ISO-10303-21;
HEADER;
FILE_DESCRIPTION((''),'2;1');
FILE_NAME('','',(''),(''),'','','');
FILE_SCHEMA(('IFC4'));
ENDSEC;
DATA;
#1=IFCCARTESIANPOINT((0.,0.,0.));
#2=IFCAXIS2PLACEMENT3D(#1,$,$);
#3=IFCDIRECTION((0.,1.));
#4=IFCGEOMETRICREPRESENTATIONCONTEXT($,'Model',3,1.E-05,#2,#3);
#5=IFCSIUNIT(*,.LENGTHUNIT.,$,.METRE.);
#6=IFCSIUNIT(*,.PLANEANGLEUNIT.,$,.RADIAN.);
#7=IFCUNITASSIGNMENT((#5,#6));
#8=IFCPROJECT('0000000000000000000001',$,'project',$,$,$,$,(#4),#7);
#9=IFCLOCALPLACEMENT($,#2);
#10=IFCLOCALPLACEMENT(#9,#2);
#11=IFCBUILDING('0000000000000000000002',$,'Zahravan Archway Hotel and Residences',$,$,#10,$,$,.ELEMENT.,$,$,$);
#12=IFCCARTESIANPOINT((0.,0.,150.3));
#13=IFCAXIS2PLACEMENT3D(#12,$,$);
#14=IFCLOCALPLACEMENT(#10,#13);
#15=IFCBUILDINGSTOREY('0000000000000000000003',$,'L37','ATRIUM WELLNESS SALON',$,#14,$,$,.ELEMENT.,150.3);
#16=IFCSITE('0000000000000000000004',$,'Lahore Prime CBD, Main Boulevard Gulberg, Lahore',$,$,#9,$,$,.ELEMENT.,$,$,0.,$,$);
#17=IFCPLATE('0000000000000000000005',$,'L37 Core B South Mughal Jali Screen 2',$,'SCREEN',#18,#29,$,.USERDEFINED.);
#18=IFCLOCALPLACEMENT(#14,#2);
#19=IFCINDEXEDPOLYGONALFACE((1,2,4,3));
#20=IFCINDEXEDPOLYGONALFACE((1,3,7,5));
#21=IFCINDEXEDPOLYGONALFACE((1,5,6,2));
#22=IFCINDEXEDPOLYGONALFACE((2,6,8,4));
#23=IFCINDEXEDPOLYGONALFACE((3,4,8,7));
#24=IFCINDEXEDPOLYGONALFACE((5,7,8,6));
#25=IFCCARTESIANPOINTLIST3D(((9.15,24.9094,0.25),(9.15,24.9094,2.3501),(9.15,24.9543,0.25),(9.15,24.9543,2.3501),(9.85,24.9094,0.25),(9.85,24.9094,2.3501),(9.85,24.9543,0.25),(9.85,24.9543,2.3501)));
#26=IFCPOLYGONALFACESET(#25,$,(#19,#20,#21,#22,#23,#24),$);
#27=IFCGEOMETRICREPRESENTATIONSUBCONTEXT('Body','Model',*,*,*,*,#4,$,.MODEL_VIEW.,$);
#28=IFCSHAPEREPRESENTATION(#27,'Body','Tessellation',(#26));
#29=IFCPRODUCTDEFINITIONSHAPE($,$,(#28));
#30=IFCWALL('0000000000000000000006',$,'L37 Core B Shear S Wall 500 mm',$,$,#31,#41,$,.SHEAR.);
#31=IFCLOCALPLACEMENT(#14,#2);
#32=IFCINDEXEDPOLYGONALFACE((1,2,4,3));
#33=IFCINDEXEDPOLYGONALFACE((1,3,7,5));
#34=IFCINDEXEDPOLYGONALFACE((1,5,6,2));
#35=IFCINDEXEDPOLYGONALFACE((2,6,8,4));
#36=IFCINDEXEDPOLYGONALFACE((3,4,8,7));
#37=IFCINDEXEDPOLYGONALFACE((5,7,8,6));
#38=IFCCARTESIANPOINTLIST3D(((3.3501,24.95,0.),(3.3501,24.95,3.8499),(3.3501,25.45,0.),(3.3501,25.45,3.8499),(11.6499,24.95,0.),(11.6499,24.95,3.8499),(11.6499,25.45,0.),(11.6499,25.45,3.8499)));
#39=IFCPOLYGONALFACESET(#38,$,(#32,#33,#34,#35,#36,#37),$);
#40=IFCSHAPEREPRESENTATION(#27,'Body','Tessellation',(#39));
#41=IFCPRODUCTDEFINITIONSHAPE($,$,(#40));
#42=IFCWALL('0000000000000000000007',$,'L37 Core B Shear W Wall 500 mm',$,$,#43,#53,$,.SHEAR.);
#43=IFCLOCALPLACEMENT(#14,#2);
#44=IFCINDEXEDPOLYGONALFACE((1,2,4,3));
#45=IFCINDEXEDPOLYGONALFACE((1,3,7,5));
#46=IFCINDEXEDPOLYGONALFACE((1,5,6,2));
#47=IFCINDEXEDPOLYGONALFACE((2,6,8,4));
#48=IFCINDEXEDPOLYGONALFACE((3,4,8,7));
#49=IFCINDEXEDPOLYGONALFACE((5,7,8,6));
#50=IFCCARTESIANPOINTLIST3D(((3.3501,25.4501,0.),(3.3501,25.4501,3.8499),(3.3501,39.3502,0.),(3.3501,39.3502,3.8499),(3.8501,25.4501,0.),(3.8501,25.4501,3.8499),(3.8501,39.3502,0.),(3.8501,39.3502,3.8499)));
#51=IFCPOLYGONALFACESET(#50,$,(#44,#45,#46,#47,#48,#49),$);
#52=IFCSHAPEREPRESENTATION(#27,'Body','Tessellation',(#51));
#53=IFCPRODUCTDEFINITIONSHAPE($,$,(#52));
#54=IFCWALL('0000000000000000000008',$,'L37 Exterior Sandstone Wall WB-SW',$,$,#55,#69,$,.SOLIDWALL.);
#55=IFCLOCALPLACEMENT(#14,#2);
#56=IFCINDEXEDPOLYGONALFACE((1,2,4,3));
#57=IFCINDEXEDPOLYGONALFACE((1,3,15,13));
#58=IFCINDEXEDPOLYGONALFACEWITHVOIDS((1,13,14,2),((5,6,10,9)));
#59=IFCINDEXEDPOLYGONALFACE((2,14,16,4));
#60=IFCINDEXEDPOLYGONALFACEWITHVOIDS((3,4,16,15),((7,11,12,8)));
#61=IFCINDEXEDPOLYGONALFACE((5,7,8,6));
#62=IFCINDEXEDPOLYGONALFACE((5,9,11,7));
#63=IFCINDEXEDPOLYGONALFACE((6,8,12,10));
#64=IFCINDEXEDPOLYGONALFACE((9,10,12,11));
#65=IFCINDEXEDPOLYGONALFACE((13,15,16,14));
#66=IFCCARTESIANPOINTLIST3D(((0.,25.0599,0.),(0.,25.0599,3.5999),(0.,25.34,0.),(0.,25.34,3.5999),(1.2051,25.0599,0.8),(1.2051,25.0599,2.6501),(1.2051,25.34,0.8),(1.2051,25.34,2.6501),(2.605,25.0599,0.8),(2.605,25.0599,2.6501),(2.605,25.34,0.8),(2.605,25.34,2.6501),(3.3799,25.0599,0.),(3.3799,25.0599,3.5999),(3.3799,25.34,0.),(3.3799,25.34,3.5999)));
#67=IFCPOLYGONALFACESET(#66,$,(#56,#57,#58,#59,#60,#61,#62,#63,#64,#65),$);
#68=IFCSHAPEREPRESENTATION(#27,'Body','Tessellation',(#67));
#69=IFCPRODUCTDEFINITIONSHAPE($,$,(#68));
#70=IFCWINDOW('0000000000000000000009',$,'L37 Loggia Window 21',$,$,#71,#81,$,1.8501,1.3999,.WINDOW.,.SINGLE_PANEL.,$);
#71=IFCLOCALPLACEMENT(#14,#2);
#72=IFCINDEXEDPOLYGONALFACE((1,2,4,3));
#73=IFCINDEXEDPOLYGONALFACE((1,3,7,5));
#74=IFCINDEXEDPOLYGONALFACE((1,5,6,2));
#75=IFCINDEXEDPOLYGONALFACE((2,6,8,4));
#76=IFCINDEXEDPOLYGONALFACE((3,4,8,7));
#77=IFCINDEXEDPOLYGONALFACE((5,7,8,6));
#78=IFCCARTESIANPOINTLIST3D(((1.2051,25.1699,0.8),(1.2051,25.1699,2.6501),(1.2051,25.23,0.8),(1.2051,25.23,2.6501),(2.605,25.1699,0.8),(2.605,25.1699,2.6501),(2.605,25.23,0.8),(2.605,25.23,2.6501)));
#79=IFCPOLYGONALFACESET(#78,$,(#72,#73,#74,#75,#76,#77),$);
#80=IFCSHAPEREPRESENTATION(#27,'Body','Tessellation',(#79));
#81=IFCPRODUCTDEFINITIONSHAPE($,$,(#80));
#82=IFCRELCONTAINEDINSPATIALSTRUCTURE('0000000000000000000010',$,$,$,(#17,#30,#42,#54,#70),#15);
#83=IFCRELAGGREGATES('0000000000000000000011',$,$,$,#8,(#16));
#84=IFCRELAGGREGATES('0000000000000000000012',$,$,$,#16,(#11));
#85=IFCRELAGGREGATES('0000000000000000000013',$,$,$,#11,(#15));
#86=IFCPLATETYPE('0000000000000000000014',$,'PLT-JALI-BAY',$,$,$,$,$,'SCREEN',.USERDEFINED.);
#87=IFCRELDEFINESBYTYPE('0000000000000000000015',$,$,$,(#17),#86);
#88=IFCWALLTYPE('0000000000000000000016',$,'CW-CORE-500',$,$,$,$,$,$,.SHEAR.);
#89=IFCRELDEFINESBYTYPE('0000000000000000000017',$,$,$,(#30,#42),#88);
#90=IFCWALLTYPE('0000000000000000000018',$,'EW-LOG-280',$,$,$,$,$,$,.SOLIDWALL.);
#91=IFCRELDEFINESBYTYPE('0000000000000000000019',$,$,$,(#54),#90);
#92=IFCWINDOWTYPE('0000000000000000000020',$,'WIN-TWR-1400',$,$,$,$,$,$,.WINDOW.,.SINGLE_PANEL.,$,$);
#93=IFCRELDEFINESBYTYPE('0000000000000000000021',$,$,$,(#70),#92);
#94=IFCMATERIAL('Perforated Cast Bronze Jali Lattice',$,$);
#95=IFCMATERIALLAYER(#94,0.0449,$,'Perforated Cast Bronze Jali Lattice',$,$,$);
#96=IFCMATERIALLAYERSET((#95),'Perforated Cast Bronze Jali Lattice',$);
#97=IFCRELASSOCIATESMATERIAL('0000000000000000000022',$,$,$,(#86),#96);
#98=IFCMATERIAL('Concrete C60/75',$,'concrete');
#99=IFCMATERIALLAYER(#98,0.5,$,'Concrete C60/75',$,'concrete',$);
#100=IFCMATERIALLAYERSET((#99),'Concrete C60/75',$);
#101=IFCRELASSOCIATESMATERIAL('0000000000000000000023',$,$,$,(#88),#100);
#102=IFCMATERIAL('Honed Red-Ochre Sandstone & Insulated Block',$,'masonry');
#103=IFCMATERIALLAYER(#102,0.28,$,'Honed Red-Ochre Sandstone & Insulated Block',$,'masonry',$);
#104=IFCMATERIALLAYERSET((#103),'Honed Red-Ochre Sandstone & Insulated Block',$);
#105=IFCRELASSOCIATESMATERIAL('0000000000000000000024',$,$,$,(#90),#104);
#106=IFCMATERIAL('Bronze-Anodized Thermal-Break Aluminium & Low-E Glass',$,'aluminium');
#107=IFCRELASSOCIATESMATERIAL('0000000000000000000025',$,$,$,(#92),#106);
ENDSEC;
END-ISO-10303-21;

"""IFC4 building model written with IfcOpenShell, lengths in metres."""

from ifc_helpers import new_model, si_unit, direction, frame, frame_2d, origin, origin_2d, place, context, subcontext, project, spatial, rectangle, extrude, source, transform, mapped, material, layer, layer_set, type_object, type_shapes, element, fill, save


model = new_model("IFC4")

# Units and contexts
model_context = context("Model", 3, precision=1e-05, world=origin(), true_north=direction((0.0, 1.0)))
body_context = subcontext(model_context, "Body", "Model", "MODEL_VIEW")
ifc_project = project(units=[si_unit("LENGTHUNIT", "METRE"), si_unit("PLANEANGLEUNIT", "RADIAN")], contexts=[model_context])

# Site, building, storey
site_placement = place(None, origin())
site = spatial("IfcSite", under=ifc_project, at=site_placement, Name="Lahore Prime CBD, Main Boulevard Gulberg, Lahore", CompositionType="ELEMENT", RefElevation=0.0)
building_placement = place(site_placement, origin())
building = spatial("IfcBuilding", under=site, at=building_placement, Name="Zahravan Archway Hotel and Residences", CompositionType="ELEMENT")
storey_placement = place(building_placement, frame((0.0, 0.0, 150.3)))
storey = spatial("IfcBuildingStorey", under=building, at=storey_placement, Name="L37", Description="ATRIUM WELLNESS SALON", CompositionType="ELEMENT", Elevation=150.3)

# Shared definitions
ifc_material_1 = material(Name="Concrete C60/75", Category="concrete")

# Plate
ifc_material_2 = material(Name="Perforated Cast Bronze Jali Lattice")
ifc_layer_1 = layer(ifc_material_2, 0.0449, Name="Perforated Cast Bronze Jali Lattice")
ifc_layer_set_1 = layer_set([ifc_layer_1], Name="Perforated Cast Bronze Jali Lattice")
plate_type = type_object("IfcPlateType", Name="PLT-JALI-BAY", ElementType="SCREEN", PredefinedType="USERDEFINED", material=ifc_layer_set_1)
shared_shape_1 = source(origin(), body_context, "Body", "SweptSolid", [
    extrude(rectangle(XDim=0.7, YDim=0.0449, at=origin_2d()), origin(), (0.0, 0.0, 1.0), 2.1001),
])
type_shapes(plate_type, [shared_shape_1])
for number, where, z_axis, x_axis, name in (
    (1, (9.5, 24.9319, 0.25), (0.0, 0.0, 1.0), (1.0, 0.0, 0.0), "L37 Core B South Mughal Jali Screen 2"),
):
    element("IfcPlate", number, at=place(storey_placement, frame(where, z_axis=z_axis, x_axis=x_axis)), inside=storey, type_object=plate_type, Name=name, ObjectType="SCREEN", PredefinedType="USERDEFINED", context=body_context, shape_type="MappedRepresentation", body=[
        mapped(shared_shape_1, transform((0.0, 0.0, 0.0), scale=1.0)),
    ])

# Walls
ifc_layer_2 = layer(ifc_material_1, 0.5, Name="Concrete C60/75", Category="concrete")
ifc_layer_set_2 = layer_set([ifc_layer_2], Name="Concrete C60/75")
wall_type_1 = type_object("IfcWallType", Name="CW-CORE-500", PredefinedType="SHEAR", material=ifc_layer_set_2)
wall_1_placement = place(storey_placement, frame((3.3501, 25.2, 0.0), z_axis=(0.0, 0.0, 1.0), x_axis=(1.0, 0.0, 0.0)))
element("IfcWall", 2, at=wall_1_placement, inside=storey, type_object=wall_type_1, Name="L37 Core B Shear S Wall 500 mm", PredefinedType="SHEAR", context=body_context, shape_type="SweptSolid", body=[
    extrude(rectangle(XDim=8.2998, YDim=0.5, at=frame_2d((4.1499, 0.0))), origin(), (0.0, 0.0, 1.0), 3.8499),
])
wall_2_placement = place(storey_placement, frame((3.6001, 25.45, 0.0), z_axis=(0.0, 0.0, 1.0), x_axis=(0.0, 1.0, 0.0)))
element("IfcWall", 3, at=wall_2_placement, inside=storey, type_object=wall_type_1, Name="L37 Core B Shear W Wall 500 mm", PredefinedType="SHEAR", context=body_context, shape_type="SweptSolid", body=[
    extrude(rectangle(XDim=13.9001, YDim=0.5, at=frame_2d((6.9502, 0.0))), origin(), (0.0, 0.0, 1.0), 3.8499),
])

# Wall, opening, window
ifc_material_3 = material(Name="Honed Red-Ochre Sandstone & Insulated Block", Category="masonry")
ifc_layer_3 = layer(ifc_material_3, 0.28, Name="Honed Red-Ochre Sandstone & Insulated Block", Category="masonry")
ifc_layer_set_3 = layer_set([ifc_layer_3], Name="Honed Red-Ochre Sandstone & Insulated Block")
wall_type_2 = type_object("IfcWallType", Name="EW-LOG-280", PredefinedType="SOLIDWALL", material=ifc_layer_set_3)
wall_3_placement = place(storey_placement, frame((0.0, 25.2, 0.0), z_axis=(0.0, 0.0, 1.0), x_axis=(1.0, 0.0, 0.0)))
wall_3 = element("IfcWall", 4, at=wall_3_placement, inside=storey, type_object=wall_type_2, Name="L37 Exterior Sandstone Wall WB-SW", PredefinedType="SOLIDWALL", context=body_context, shape_type="SweptSolid", body=[
    extrude(rectangle(XDim=3.3799, YDim=0.28, at=frame_2d((1.6899, 0.0))), origin(), (0.0, 0.0, 1.0), 3.5999),
])
opening_1_placement = place(wall_3_placement, frame((1.2051, 0.0, 0.8)))
opening_1 = element("IfcOpeningElement", 5, at=opening_1_placement, cuts=wall_3, PredefinedType="OPENING", context=body_context, shape_type="SweptSolid", body=[
    extrude(rectangle(XDim=1.3999, YDim=1.8501, at=frame_2d((0.7, 0.925))), frame((0.0, 0.1499, 0.0), z_axis=(0.0, -1.0, 0.0), x_axis=(1.0, 0.0, 0.0)), (0.0, 0.0, 1.0), 0.3),
])
ifc_material_4 = material(Name="Bronze-Anodized Thermal-Break Aluminium & Low-E Glass", Category="aluminium")
window_type_1 = type_object("IfcWindowType", Name="WIN-TWR-1400", PartitioningType="SINGLE_PANEL", PredefinedType="WINDOW", material=ifc_material_4)
shared_shape_2 = source(origin(), body_context, "Body", "SweptSolid", [
    extrude(rectangle(XDim=1.3999, YDim=1.8501, at=frame_2d((0.7, 0.925))), frame((0.0, 0.03, 0.0), z_axis=(0.0, -1.0, 0.0), x_axis=(1.0, 0.0, 0.0)), (0.0, 0.0, 1.0), 0.0601),
])
type_shapes(window_type_1, [shared_shape_2])
window_1_placement = place(opening_1_placement, origin())
window_1 = element("IfcWindow", 6, at=window_1_placement, inside=storey, type_object=window_type_1, Name="L37 Loggia Window 21", OverallHeight=1.8501, OverallWidth=1.3999, PartitioningType="SINGLE_PANEL", PredefinedType="WINDOW", context=body_context, shape_type="MappedRepresentation", body=[
    mapped(shared_shape_2, transform((0.0, 0.0, 0.0), scale=1.0)),
])
fill(opening_1, window_1)

save(model, "model.ifc")
